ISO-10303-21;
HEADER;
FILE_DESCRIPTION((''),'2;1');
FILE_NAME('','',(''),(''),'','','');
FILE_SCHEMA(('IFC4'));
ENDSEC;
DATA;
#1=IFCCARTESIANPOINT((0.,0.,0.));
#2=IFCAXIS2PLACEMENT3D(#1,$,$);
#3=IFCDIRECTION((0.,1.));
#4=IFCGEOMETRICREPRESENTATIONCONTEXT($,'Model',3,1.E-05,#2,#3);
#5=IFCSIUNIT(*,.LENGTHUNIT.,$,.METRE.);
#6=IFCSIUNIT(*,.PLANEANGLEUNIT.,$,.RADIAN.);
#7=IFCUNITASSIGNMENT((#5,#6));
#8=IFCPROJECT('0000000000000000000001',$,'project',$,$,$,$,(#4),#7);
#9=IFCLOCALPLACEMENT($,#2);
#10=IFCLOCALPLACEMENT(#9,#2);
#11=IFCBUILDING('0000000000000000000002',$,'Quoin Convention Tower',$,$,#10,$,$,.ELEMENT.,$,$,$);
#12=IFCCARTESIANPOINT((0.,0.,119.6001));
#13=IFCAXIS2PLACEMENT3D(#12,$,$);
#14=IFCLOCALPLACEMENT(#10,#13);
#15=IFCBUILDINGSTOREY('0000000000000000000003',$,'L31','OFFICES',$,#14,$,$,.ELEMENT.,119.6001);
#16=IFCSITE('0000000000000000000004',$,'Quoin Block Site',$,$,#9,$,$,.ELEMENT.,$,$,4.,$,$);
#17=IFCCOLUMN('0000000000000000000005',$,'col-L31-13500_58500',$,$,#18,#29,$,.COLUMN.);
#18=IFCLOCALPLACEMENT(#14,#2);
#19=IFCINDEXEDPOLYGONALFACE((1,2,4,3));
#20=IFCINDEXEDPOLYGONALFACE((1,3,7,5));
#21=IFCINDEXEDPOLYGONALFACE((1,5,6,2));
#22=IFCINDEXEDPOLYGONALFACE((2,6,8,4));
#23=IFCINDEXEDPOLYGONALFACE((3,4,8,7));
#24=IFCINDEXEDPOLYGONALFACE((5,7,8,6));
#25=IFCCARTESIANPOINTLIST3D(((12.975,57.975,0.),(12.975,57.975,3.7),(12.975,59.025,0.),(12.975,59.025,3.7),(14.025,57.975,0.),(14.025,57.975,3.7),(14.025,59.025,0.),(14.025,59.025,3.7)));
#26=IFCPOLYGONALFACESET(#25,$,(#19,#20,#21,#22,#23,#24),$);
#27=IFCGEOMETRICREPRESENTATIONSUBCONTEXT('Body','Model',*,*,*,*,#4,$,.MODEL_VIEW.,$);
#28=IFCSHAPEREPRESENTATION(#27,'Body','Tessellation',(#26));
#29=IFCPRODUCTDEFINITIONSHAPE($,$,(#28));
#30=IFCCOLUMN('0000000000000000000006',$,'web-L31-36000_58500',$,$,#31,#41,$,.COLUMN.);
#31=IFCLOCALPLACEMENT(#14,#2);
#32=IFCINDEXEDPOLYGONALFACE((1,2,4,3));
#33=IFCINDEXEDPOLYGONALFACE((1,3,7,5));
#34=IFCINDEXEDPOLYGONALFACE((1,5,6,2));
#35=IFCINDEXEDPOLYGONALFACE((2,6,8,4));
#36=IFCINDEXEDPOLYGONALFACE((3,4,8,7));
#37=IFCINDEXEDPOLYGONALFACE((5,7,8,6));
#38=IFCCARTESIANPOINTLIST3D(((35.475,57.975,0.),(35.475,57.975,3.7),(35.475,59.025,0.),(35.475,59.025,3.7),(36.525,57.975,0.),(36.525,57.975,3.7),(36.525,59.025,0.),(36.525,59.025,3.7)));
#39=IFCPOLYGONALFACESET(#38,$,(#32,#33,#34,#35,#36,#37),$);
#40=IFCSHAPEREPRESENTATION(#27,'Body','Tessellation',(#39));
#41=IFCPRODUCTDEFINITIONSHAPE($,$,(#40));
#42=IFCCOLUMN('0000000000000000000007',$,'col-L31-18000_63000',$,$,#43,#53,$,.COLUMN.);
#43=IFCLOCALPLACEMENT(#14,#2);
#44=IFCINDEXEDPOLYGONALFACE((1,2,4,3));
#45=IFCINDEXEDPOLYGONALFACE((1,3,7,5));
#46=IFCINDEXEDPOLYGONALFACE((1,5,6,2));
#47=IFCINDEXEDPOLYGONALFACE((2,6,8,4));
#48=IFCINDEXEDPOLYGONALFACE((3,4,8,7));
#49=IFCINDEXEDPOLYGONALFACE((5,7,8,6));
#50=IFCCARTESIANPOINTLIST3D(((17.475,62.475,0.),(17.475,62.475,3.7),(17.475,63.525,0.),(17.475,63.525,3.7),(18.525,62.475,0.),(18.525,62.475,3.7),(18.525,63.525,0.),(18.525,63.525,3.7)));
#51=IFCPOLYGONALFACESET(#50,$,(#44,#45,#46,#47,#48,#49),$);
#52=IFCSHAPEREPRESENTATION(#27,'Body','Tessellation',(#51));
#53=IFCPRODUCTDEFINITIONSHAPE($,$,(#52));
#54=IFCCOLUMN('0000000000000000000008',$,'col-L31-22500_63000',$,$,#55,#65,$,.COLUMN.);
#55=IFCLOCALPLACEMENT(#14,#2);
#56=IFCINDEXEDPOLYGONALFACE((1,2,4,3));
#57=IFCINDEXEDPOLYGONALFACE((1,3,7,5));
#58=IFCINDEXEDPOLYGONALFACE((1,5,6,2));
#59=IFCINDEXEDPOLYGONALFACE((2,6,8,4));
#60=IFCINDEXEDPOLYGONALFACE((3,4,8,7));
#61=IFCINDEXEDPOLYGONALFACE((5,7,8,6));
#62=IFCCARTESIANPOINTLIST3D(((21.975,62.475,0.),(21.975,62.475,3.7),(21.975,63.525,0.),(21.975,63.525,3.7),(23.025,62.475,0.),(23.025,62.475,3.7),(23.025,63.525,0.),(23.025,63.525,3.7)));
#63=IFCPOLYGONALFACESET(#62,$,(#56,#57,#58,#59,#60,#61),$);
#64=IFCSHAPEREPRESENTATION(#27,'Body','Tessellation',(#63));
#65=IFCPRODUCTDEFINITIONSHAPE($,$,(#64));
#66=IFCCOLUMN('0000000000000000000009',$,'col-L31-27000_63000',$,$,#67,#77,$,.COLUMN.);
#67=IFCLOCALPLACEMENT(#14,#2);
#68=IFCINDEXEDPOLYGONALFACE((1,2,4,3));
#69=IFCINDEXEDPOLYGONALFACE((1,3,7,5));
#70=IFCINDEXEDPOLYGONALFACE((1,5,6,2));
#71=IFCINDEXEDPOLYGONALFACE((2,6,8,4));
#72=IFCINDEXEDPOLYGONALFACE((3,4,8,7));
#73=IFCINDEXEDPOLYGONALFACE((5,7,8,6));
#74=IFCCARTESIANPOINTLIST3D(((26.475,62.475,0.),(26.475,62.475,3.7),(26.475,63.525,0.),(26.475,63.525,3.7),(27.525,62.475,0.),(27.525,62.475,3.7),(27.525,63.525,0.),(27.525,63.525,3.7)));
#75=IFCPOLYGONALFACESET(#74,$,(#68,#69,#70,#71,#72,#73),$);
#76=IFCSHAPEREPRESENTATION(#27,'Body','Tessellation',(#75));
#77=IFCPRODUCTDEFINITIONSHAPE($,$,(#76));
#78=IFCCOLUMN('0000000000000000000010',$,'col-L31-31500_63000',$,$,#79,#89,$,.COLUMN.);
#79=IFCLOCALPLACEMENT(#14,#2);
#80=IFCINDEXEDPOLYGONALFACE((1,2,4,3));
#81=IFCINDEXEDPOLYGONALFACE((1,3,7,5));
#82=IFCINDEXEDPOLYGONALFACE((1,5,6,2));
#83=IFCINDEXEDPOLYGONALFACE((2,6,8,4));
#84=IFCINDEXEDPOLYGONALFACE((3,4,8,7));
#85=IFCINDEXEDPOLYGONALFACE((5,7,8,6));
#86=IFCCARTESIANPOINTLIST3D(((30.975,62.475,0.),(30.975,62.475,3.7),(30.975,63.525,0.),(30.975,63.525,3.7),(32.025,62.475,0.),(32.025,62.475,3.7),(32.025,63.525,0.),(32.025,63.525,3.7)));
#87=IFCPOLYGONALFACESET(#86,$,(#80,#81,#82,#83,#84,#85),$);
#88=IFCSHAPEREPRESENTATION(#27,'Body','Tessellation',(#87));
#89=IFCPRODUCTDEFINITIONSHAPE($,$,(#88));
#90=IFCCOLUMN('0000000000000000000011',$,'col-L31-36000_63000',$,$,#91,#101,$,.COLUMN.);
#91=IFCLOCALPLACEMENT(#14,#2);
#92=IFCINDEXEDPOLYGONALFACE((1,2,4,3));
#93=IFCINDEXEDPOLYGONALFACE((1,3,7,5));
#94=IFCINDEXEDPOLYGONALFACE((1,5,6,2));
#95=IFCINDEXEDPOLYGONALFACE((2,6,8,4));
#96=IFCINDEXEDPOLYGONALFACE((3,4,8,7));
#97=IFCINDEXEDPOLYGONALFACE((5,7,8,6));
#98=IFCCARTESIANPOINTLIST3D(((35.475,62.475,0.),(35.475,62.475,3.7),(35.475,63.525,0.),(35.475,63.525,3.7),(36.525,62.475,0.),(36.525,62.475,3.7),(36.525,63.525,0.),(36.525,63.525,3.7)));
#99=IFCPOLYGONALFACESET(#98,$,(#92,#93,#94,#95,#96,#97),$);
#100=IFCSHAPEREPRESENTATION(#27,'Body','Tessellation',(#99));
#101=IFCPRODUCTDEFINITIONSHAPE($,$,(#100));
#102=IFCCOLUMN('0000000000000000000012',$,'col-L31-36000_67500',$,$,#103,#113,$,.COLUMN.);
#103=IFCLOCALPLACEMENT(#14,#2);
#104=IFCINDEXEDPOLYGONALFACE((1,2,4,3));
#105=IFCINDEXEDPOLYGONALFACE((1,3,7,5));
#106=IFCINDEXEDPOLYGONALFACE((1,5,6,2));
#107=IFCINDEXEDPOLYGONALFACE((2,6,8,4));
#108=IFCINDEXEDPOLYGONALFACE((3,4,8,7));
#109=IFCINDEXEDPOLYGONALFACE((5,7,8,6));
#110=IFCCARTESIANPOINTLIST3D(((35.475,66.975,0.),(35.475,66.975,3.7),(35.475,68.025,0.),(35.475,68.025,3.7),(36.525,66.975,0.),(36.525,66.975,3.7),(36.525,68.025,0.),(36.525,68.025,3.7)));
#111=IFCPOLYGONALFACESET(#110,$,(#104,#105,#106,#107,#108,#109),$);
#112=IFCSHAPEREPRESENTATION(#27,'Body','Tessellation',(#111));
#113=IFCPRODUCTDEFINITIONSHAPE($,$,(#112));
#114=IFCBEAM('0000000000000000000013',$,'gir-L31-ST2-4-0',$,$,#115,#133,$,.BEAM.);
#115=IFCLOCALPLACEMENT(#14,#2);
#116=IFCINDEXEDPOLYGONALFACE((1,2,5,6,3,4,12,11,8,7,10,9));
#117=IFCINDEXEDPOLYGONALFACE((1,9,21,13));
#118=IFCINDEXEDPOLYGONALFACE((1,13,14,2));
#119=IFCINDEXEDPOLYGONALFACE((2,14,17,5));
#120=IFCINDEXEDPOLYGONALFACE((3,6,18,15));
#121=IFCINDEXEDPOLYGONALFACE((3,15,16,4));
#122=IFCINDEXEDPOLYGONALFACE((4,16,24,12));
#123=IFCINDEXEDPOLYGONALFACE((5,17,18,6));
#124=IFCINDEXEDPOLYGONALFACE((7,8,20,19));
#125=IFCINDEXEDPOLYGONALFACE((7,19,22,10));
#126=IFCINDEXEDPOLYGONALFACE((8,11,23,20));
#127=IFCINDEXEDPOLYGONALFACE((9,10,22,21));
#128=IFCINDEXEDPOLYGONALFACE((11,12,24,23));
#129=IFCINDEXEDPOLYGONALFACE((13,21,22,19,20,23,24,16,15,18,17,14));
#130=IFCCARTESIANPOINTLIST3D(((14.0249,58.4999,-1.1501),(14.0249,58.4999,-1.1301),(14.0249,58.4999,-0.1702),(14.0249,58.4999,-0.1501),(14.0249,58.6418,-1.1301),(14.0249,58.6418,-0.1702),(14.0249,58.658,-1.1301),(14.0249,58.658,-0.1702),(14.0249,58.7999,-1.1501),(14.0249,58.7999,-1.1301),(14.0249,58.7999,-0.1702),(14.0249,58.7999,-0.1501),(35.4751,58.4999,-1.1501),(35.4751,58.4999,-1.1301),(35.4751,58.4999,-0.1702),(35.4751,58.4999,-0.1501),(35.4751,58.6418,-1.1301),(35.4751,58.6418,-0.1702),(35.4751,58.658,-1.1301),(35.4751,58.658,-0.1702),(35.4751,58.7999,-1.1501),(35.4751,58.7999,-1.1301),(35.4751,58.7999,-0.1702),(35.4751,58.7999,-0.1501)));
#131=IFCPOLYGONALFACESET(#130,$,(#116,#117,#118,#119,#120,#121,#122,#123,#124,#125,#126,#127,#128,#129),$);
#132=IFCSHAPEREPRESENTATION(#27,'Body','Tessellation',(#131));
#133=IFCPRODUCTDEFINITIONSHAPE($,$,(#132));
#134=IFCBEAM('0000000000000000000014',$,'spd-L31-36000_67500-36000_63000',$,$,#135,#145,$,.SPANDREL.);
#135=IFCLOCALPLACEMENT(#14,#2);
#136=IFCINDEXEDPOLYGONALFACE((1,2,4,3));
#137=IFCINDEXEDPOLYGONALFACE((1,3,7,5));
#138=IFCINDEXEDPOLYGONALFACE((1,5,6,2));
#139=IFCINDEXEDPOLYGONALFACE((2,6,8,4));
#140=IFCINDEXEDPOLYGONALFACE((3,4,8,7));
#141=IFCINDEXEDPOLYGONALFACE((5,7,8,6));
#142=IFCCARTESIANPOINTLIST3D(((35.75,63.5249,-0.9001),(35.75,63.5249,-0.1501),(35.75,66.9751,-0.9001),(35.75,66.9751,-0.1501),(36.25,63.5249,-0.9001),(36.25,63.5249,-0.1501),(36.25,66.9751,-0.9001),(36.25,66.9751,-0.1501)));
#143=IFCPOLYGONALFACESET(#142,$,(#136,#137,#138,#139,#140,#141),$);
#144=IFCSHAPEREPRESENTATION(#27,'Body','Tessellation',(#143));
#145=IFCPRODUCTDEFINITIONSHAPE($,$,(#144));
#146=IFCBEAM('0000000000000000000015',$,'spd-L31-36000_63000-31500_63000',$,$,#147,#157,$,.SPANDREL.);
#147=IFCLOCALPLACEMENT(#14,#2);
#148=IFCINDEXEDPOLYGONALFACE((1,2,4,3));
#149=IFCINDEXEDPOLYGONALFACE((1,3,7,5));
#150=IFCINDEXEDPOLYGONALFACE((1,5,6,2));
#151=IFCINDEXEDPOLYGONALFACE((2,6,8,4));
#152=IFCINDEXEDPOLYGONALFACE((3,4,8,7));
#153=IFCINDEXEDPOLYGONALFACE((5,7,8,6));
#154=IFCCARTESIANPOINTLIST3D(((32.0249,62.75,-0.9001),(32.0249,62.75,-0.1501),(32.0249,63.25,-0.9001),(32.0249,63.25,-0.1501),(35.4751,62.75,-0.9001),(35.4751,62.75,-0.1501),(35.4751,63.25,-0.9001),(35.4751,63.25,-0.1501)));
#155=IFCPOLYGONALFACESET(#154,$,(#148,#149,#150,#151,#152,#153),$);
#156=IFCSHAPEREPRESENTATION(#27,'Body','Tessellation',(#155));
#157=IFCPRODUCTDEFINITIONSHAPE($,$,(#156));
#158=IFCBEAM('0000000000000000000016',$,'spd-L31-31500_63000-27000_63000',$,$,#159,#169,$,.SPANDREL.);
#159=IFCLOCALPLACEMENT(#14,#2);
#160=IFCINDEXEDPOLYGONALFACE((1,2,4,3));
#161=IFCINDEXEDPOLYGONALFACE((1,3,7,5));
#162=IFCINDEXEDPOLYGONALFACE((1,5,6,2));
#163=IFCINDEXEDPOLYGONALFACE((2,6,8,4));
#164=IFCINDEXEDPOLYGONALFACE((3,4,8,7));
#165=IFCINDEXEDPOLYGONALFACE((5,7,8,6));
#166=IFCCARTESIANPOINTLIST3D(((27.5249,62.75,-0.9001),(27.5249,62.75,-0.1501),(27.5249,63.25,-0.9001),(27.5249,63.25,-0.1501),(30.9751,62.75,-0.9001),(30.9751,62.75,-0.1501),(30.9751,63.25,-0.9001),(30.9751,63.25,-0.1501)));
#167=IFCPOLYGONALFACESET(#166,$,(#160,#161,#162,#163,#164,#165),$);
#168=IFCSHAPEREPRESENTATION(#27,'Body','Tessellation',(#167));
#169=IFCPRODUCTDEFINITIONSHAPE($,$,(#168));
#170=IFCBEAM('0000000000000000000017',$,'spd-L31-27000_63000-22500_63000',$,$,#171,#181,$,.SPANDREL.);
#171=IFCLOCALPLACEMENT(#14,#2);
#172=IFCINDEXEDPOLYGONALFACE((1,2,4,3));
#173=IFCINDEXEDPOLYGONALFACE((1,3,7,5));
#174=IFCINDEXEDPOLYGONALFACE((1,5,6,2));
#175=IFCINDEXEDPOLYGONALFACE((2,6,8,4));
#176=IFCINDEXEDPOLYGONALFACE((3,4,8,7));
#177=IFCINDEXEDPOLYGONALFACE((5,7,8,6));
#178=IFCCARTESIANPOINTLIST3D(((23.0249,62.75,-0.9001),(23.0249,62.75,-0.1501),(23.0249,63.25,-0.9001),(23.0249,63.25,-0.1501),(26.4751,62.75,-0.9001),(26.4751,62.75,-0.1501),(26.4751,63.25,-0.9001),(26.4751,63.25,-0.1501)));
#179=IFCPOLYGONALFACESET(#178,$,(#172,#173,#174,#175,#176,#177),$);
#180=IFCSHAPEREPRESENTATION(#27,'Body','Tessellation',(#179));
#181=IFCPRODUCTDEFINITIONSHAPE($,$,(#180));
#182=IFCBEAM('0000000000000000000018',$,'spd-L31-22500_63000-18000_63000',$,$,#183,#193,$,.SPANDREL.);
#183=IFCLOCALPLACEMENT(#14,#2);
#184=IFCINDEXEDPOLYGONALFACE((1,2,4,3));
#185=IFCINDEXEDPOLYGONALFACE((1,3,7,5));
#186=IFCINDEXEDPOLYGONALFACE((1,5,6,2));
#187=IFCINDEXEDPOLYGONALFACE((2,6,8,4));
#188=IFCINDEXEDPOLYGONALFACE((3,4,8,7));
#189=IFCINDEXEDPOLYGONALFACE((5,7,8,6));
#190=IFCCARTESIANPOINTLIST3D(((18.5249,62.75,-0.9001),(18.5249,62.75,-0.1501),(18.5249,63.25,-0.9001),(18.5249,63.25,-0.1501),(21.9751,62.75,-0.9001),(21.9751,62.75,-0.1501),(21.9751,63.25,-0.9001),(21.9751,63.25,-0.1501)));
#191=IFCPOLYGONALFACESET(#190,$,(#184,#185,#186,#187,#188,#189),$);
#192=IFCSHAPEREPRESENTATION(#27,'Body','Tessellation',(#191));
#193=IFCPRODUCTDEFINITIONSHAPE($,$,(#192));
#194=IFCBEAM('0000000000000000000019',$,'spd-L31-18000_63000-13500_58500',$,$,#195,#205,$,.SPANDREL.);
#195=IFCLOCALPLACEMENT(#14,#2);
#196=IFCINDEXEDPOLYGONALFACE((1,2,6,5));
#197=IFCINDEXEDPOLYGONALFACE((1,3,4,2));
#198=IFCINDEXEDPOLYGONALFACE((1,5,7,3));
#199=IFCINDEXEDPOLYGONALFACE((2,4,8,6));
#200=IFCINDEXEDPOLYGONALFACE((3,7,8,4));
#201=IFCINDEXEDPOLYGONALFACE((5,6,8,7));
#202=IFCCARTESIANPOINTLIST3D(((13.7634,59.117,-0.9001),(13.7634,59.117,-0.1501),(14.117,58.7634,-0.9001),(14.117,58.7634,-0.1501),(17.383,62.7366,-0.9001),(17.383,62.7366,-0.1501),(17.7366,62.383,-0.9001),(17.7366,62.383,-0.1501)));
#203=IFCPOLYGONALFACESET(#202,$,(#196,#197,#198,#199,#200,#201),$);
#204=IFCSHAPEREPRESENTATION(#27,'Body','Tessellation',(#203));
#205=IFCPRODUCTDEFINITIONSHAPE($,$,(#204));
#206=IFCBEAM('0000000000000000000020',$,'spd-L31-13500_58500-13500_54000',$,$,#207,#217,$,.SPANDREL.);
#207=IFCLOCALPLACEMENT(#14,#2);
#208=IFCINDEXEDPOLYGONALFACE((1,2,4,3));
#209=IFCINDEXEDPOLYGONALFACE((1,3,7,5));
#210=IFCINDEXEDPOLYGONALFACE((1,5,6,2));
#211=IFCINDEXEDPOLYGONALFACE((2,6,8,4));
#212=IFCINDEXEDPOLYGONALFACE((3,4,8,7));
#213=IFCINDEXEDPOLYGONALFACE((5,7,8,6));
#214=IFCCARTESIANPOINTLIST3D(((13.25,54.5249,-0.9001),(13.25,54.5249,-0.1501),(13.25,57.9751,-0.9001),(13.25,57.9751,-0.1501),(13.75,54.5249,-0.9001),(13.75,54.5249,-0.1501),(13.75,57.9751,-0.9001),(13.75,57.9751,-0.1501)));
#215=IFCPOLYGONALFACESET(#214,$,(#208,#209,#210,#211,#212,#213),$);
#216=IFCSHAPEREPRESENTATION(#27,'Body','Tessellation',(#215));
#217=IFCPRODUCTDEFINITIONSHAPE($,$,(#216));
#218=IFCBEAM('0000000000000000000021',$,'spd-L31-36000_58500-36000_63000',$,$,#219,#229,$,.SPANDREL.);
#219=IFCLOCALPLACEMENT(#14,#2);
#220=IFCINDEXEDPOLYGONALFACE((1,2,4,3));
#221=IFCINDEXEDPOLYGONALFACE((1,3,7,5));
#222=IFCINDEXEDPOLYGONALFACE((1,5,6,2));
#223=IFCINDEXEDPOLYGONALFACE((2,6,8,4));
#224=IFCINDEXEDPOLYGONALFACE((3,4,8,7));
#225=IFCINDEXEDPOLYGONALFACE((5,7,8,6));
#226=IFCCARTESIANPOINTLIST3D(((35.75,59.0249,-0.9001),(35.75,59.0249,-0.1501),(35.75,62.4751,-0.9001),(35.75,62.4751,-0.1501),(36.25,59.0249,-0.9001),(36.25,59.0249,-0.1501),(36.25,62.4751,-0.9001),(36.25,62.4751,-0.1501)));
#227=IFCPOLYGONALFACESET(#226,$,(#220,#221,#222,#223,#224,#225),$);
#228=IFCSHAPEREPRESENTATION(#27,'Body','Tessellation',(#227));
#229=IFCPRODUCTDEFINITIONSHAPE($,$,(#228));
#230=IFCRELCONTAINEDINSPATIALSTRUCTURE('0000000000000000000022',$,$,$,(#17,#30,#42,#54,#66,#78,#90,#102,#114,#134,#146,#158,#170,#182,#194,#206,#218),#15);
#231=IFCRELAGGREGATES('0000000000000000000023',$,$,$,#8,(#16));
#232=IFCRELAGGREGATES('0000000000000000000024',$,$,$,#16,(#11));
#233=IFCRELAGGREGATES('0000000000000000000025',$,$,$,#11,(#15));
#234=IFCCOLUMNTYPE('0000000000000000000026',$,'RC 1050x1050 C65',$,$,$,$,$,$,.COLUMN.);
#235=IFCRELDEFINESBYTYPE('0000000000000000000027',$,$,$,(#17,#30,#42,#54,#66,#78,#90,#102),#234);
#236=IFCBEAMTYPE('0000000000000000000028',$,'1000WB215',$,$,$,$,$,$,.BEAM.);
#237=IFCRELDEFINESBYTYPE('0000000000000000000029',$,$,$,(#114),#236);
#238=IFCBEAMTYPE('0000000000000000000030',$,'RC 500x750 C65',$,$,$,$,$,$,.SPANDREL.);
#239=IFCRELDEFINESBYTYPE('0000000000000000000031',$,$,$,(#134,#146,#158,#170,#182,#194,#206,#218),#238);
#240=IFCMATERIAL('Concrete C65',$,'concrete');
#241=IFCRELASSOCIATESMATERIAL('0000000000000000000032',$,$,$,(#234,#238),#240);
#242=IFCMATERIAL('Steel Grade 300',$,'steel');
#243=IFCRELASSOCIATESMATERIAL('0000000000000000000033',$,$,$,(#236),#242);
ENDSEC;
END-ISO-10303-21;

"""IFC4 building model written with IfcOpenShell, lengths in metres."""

from ifc_helpers import new_model, si_unit, direction, frame, origin, origin_2d, place, context, subcontext, project, spatial, rectangle, i_section, extrude, material, material_profile, profile_set, type_object, element, save


model = new_model("IFC4")

# Units and contexts
model_context = context("Model", 3, precision=1e-05, world=origin(), true_north=direction((0.0, 1.0)))
body_context = subcontext(model_context, "Body", "Model", "MODEL_VIEW")
ifc_project = project(units=[si_unit("LENGTHUNIT", "METRE"), si_unit("PLANEANGLEUNIT", "RADIAN")], contexts=[model_context])

# Site, building, storey
site_placement = place(None, origin())
site = spatial("IfcSite", under=ifc_project, at=site_placement, Name="Quoin Block Site", CompositionType="ELEMENT", RefElevation=4.0)
building_placement = place(site_placement, origin())
building = spatial("IfcBuilding", under=site, at=building_placement, Name="Quoin Convention Tower", CompositionType="ELEMENT")
storey_placement = place(building_placement, frame((0.0, 0.0, 119.6001)))
storey = spatial("IfcBuildingStorey", under=building, at=storey_placement, Name="L31", Description="OFFICES", CompositionType="ELEMENT", Elevation=119.6001)

# Columns
ifc_material_1 = material(Name="Concrete C65", Category="concrete")
ifc_material_profile_1 = material_profile(ifc_material_1, rectangle(XDim=1.05, YDim=1.05, at=origin_2d()), Name="RC 1050x1050")
ifc_profile_set_1 = profile_set([ifc_material_profile_1], Name="Concrete C65")
column_type = type_object("IfcColumnType", Name="RC 1050x1050 C65", PredefinedType="COLUMN", material=ifc_profile_set_1)
for number, where, z_axis, x_axis, name in (
    (1, (13.5, 58.5, 0.0), (0.0, 0.0, 1.0), (1.0, 0.0, 0.0), "col-L31-13500_58500"),
    (2, (36.0, 58.5, 0.0), (0.0, 0.0, 1.0), (1.0, 0.0, 0.0), "web-L31-36000_58500"),
    (3, (18.0, 63.0, 0.0), (0.0, 0.0, 1.0), (1.0, 0.0, 0.0), "col-L31-18000_63000"),
    (4, (22.5, 63.0, 0.0), (0.0, 0.0, 1.0), (1.0, 0.0, 0.0), "col-L31-22500_63000"),
    (5, (27.0, 63.0, 0.0), (0.0, 0.0, 1.0), (1.0, 0.0, 0.0), "col-L31-27000_63000"),
    (6, (31.5, 63.0, 0.0), (0.0, 0.0, 1.0), (1.0, 0.0, 0.0), "col-L31-31500_63000"),
    (7, (36.0, 63.0, 0.0), (0.0, 0.0, 1.0), (1.0, 0.0, 0.0), "col-L31-36000_63000"),
    (8, (36.0, 67.5, 0.0), (0.0, 0.0, 1.0), (1.0, 0.0, 0.0), "col-L31-36000_67500"),
):
    element("IfcColumn", number, at=place(storey_placement, frame(where, z_axis=z_axis, x_axis=x_axis)), inside=storey, type_object=column_type, Name=name, PredefinedType="COLUMN", context=body_context, shape_type="SweptSolid", body=[
        extrude(rectangle(XDim=1.05, YDim=1.05, at=origin_2d()), origin(), (0.0, 0.0, 1.0), 3.7),
    ])

# Beams
ifc_material_2 = material(Name="Steel Grade 300", Category="steel")
ifc_material_profile_2 = material_profile(ifc_material_2, i_section(OverallWidth=0.3, OverallDepth=1.0, WebThickness=0.0161, FlangeThickness=0.02, at=origin_2d()), Name="1000WB215")
ifc_profile_set_2 = profile_set([ifc_material_profile_2], Name="Steel Grade 300")
beam_type_1 = type_object("IfcBeamType", Name="1000WB215", PredefinedType="BEAM", material=ifc_profile_set_2)
beam_1_placement = place(storey_placement, frame((14.0249, 58.6499, -0.6501), z_axis=(1.0, 0.0, 0.0), x_axis=(0.0, 1.0, 0.0)))
element("IfcBeam", 9, at=beam_1_placement, inside=storey, type_object=beam_type_1, Name="gir-L31-ST2-4-0", PredefinedType="BEAM", context=body_context, shape_type="SweptSolid", body=[
    extrude(i_section(OverallWidth=0.3, OverallDepth=1.0, WebThickness=0.0161, FlangeThickness=0.02, at=origin_2d()), origin(), (0.0, 0.0, 1.0), 21.4502),
])
ifc_material_profile_3 = material_profile(ifc_material_1, rectangle(XDim=0.5, YDim=0.75, at=origin_2d()), Name="RC 500x750")
ifc_profile_set_3 = profile_set([ifc_material_profile_3], Name="Concrete C65")
beam_type_2 = type_object("IfcBeamType", Name="RC 500x750 C65", PredefinedType="SPANDREL", material=ifc_profile_set_3)
for number, where, z_axis, x_axis, name in (
    (10, (36.0, 66.9751, -0.5251), (0.0, -1.0, 0.0), (1.0, 0.0, 0.0), "spd-L31-36000_67500-36000_63000"),
    (11, (35.4751, 63.0, -0.5251), (-1.0, 0.0, 0.0), (0.0, -1.0, 0.0), "spd-L31-36000_63000-31500_63000"),
    (12, (30.9751, 63.0, -0.5251), (-1.0, 0.0, 0.0), (0.0, -1.0, 0.0), "spd-L31-31500_63000-27000_63000"),
    (13, (26.4751, 63.0, -0.5251), (-1.0, 0.0, 0.0), (0.0, -1.0, 0.0), "spd-L31-27000_63000-22500_63000"),
    (14, (21.9751, 63.0, -0.5251), (-1.0, 0.0, 0.0), (0.0, -1.0, 0.0), "spd-L31-22500_63000-18000_63000"),
):
    element("IfcBeam", number, at=place(storey_placement, frame(where, z_axis=z_axis, x_axis=x_axis)), inside=storey, type_object=beam_type_2, Name=name, PredefinedType="SPANDREL", context=body_context, shape_type="SweptSolid", body=[
        extrude(rectangle(XDim=0.5, YDim=0.75, at=origin_2d()), origin(), (0.0, 0.0, 1.0), 3.4502),
    ])
beam_2_placement = place(storey_placement, frame((17.5598, 62.5598, -0.5251), z_axis=(-0.707107, -0.707107, 0.0), x_axis=(0.707107, -0.707107, 0.0)))
element("IfcBeam", 15, at=beam_2_placement, inside=storey, type_object=beam_type_2, Name="spd-L31-18000_63000-13500_58500", PredefinedType="SPANDREL", context=body_context, shape_type="SweptSolid", body=[
    extrude(rectangle(XDim=0.5, YDim=0.75, at=origin_2d()), origin(), (0.0, 0.0, 1.0), 5.1189),
])
for number, where, z_axis, x_axis, name in (
    (16, (13.5, 57.9751, -0.5251), (0.0, -1.0, 0.0), (1.0, 0.0, 0.0), "spd-L31-13500_58500-13500_54000"),
    (17, (36.0, 59.0249, -0.5251), (0.0, 1.0, 0.0), (-1.0, 0.0, 0.0), "spd-L31-36000_58500-36000_63000"),
):
    element("IfcBeam", number, at=place(storey_placement, frame(where, z_axis=z_axis, x_axis=x_axis)), inside=storey, type_object=beam_type_2, Name=name, PredefinedType="SPANDREL", context=body_context, shape_type="SweptSolid", body=[
        extrude(rectangle(XDim=0.5, YDim=0.75, at=origin_2d()), origin(), (0.0, 0.0, 1.0), 3.4502),
    ])

save(model, "model.ifc")
